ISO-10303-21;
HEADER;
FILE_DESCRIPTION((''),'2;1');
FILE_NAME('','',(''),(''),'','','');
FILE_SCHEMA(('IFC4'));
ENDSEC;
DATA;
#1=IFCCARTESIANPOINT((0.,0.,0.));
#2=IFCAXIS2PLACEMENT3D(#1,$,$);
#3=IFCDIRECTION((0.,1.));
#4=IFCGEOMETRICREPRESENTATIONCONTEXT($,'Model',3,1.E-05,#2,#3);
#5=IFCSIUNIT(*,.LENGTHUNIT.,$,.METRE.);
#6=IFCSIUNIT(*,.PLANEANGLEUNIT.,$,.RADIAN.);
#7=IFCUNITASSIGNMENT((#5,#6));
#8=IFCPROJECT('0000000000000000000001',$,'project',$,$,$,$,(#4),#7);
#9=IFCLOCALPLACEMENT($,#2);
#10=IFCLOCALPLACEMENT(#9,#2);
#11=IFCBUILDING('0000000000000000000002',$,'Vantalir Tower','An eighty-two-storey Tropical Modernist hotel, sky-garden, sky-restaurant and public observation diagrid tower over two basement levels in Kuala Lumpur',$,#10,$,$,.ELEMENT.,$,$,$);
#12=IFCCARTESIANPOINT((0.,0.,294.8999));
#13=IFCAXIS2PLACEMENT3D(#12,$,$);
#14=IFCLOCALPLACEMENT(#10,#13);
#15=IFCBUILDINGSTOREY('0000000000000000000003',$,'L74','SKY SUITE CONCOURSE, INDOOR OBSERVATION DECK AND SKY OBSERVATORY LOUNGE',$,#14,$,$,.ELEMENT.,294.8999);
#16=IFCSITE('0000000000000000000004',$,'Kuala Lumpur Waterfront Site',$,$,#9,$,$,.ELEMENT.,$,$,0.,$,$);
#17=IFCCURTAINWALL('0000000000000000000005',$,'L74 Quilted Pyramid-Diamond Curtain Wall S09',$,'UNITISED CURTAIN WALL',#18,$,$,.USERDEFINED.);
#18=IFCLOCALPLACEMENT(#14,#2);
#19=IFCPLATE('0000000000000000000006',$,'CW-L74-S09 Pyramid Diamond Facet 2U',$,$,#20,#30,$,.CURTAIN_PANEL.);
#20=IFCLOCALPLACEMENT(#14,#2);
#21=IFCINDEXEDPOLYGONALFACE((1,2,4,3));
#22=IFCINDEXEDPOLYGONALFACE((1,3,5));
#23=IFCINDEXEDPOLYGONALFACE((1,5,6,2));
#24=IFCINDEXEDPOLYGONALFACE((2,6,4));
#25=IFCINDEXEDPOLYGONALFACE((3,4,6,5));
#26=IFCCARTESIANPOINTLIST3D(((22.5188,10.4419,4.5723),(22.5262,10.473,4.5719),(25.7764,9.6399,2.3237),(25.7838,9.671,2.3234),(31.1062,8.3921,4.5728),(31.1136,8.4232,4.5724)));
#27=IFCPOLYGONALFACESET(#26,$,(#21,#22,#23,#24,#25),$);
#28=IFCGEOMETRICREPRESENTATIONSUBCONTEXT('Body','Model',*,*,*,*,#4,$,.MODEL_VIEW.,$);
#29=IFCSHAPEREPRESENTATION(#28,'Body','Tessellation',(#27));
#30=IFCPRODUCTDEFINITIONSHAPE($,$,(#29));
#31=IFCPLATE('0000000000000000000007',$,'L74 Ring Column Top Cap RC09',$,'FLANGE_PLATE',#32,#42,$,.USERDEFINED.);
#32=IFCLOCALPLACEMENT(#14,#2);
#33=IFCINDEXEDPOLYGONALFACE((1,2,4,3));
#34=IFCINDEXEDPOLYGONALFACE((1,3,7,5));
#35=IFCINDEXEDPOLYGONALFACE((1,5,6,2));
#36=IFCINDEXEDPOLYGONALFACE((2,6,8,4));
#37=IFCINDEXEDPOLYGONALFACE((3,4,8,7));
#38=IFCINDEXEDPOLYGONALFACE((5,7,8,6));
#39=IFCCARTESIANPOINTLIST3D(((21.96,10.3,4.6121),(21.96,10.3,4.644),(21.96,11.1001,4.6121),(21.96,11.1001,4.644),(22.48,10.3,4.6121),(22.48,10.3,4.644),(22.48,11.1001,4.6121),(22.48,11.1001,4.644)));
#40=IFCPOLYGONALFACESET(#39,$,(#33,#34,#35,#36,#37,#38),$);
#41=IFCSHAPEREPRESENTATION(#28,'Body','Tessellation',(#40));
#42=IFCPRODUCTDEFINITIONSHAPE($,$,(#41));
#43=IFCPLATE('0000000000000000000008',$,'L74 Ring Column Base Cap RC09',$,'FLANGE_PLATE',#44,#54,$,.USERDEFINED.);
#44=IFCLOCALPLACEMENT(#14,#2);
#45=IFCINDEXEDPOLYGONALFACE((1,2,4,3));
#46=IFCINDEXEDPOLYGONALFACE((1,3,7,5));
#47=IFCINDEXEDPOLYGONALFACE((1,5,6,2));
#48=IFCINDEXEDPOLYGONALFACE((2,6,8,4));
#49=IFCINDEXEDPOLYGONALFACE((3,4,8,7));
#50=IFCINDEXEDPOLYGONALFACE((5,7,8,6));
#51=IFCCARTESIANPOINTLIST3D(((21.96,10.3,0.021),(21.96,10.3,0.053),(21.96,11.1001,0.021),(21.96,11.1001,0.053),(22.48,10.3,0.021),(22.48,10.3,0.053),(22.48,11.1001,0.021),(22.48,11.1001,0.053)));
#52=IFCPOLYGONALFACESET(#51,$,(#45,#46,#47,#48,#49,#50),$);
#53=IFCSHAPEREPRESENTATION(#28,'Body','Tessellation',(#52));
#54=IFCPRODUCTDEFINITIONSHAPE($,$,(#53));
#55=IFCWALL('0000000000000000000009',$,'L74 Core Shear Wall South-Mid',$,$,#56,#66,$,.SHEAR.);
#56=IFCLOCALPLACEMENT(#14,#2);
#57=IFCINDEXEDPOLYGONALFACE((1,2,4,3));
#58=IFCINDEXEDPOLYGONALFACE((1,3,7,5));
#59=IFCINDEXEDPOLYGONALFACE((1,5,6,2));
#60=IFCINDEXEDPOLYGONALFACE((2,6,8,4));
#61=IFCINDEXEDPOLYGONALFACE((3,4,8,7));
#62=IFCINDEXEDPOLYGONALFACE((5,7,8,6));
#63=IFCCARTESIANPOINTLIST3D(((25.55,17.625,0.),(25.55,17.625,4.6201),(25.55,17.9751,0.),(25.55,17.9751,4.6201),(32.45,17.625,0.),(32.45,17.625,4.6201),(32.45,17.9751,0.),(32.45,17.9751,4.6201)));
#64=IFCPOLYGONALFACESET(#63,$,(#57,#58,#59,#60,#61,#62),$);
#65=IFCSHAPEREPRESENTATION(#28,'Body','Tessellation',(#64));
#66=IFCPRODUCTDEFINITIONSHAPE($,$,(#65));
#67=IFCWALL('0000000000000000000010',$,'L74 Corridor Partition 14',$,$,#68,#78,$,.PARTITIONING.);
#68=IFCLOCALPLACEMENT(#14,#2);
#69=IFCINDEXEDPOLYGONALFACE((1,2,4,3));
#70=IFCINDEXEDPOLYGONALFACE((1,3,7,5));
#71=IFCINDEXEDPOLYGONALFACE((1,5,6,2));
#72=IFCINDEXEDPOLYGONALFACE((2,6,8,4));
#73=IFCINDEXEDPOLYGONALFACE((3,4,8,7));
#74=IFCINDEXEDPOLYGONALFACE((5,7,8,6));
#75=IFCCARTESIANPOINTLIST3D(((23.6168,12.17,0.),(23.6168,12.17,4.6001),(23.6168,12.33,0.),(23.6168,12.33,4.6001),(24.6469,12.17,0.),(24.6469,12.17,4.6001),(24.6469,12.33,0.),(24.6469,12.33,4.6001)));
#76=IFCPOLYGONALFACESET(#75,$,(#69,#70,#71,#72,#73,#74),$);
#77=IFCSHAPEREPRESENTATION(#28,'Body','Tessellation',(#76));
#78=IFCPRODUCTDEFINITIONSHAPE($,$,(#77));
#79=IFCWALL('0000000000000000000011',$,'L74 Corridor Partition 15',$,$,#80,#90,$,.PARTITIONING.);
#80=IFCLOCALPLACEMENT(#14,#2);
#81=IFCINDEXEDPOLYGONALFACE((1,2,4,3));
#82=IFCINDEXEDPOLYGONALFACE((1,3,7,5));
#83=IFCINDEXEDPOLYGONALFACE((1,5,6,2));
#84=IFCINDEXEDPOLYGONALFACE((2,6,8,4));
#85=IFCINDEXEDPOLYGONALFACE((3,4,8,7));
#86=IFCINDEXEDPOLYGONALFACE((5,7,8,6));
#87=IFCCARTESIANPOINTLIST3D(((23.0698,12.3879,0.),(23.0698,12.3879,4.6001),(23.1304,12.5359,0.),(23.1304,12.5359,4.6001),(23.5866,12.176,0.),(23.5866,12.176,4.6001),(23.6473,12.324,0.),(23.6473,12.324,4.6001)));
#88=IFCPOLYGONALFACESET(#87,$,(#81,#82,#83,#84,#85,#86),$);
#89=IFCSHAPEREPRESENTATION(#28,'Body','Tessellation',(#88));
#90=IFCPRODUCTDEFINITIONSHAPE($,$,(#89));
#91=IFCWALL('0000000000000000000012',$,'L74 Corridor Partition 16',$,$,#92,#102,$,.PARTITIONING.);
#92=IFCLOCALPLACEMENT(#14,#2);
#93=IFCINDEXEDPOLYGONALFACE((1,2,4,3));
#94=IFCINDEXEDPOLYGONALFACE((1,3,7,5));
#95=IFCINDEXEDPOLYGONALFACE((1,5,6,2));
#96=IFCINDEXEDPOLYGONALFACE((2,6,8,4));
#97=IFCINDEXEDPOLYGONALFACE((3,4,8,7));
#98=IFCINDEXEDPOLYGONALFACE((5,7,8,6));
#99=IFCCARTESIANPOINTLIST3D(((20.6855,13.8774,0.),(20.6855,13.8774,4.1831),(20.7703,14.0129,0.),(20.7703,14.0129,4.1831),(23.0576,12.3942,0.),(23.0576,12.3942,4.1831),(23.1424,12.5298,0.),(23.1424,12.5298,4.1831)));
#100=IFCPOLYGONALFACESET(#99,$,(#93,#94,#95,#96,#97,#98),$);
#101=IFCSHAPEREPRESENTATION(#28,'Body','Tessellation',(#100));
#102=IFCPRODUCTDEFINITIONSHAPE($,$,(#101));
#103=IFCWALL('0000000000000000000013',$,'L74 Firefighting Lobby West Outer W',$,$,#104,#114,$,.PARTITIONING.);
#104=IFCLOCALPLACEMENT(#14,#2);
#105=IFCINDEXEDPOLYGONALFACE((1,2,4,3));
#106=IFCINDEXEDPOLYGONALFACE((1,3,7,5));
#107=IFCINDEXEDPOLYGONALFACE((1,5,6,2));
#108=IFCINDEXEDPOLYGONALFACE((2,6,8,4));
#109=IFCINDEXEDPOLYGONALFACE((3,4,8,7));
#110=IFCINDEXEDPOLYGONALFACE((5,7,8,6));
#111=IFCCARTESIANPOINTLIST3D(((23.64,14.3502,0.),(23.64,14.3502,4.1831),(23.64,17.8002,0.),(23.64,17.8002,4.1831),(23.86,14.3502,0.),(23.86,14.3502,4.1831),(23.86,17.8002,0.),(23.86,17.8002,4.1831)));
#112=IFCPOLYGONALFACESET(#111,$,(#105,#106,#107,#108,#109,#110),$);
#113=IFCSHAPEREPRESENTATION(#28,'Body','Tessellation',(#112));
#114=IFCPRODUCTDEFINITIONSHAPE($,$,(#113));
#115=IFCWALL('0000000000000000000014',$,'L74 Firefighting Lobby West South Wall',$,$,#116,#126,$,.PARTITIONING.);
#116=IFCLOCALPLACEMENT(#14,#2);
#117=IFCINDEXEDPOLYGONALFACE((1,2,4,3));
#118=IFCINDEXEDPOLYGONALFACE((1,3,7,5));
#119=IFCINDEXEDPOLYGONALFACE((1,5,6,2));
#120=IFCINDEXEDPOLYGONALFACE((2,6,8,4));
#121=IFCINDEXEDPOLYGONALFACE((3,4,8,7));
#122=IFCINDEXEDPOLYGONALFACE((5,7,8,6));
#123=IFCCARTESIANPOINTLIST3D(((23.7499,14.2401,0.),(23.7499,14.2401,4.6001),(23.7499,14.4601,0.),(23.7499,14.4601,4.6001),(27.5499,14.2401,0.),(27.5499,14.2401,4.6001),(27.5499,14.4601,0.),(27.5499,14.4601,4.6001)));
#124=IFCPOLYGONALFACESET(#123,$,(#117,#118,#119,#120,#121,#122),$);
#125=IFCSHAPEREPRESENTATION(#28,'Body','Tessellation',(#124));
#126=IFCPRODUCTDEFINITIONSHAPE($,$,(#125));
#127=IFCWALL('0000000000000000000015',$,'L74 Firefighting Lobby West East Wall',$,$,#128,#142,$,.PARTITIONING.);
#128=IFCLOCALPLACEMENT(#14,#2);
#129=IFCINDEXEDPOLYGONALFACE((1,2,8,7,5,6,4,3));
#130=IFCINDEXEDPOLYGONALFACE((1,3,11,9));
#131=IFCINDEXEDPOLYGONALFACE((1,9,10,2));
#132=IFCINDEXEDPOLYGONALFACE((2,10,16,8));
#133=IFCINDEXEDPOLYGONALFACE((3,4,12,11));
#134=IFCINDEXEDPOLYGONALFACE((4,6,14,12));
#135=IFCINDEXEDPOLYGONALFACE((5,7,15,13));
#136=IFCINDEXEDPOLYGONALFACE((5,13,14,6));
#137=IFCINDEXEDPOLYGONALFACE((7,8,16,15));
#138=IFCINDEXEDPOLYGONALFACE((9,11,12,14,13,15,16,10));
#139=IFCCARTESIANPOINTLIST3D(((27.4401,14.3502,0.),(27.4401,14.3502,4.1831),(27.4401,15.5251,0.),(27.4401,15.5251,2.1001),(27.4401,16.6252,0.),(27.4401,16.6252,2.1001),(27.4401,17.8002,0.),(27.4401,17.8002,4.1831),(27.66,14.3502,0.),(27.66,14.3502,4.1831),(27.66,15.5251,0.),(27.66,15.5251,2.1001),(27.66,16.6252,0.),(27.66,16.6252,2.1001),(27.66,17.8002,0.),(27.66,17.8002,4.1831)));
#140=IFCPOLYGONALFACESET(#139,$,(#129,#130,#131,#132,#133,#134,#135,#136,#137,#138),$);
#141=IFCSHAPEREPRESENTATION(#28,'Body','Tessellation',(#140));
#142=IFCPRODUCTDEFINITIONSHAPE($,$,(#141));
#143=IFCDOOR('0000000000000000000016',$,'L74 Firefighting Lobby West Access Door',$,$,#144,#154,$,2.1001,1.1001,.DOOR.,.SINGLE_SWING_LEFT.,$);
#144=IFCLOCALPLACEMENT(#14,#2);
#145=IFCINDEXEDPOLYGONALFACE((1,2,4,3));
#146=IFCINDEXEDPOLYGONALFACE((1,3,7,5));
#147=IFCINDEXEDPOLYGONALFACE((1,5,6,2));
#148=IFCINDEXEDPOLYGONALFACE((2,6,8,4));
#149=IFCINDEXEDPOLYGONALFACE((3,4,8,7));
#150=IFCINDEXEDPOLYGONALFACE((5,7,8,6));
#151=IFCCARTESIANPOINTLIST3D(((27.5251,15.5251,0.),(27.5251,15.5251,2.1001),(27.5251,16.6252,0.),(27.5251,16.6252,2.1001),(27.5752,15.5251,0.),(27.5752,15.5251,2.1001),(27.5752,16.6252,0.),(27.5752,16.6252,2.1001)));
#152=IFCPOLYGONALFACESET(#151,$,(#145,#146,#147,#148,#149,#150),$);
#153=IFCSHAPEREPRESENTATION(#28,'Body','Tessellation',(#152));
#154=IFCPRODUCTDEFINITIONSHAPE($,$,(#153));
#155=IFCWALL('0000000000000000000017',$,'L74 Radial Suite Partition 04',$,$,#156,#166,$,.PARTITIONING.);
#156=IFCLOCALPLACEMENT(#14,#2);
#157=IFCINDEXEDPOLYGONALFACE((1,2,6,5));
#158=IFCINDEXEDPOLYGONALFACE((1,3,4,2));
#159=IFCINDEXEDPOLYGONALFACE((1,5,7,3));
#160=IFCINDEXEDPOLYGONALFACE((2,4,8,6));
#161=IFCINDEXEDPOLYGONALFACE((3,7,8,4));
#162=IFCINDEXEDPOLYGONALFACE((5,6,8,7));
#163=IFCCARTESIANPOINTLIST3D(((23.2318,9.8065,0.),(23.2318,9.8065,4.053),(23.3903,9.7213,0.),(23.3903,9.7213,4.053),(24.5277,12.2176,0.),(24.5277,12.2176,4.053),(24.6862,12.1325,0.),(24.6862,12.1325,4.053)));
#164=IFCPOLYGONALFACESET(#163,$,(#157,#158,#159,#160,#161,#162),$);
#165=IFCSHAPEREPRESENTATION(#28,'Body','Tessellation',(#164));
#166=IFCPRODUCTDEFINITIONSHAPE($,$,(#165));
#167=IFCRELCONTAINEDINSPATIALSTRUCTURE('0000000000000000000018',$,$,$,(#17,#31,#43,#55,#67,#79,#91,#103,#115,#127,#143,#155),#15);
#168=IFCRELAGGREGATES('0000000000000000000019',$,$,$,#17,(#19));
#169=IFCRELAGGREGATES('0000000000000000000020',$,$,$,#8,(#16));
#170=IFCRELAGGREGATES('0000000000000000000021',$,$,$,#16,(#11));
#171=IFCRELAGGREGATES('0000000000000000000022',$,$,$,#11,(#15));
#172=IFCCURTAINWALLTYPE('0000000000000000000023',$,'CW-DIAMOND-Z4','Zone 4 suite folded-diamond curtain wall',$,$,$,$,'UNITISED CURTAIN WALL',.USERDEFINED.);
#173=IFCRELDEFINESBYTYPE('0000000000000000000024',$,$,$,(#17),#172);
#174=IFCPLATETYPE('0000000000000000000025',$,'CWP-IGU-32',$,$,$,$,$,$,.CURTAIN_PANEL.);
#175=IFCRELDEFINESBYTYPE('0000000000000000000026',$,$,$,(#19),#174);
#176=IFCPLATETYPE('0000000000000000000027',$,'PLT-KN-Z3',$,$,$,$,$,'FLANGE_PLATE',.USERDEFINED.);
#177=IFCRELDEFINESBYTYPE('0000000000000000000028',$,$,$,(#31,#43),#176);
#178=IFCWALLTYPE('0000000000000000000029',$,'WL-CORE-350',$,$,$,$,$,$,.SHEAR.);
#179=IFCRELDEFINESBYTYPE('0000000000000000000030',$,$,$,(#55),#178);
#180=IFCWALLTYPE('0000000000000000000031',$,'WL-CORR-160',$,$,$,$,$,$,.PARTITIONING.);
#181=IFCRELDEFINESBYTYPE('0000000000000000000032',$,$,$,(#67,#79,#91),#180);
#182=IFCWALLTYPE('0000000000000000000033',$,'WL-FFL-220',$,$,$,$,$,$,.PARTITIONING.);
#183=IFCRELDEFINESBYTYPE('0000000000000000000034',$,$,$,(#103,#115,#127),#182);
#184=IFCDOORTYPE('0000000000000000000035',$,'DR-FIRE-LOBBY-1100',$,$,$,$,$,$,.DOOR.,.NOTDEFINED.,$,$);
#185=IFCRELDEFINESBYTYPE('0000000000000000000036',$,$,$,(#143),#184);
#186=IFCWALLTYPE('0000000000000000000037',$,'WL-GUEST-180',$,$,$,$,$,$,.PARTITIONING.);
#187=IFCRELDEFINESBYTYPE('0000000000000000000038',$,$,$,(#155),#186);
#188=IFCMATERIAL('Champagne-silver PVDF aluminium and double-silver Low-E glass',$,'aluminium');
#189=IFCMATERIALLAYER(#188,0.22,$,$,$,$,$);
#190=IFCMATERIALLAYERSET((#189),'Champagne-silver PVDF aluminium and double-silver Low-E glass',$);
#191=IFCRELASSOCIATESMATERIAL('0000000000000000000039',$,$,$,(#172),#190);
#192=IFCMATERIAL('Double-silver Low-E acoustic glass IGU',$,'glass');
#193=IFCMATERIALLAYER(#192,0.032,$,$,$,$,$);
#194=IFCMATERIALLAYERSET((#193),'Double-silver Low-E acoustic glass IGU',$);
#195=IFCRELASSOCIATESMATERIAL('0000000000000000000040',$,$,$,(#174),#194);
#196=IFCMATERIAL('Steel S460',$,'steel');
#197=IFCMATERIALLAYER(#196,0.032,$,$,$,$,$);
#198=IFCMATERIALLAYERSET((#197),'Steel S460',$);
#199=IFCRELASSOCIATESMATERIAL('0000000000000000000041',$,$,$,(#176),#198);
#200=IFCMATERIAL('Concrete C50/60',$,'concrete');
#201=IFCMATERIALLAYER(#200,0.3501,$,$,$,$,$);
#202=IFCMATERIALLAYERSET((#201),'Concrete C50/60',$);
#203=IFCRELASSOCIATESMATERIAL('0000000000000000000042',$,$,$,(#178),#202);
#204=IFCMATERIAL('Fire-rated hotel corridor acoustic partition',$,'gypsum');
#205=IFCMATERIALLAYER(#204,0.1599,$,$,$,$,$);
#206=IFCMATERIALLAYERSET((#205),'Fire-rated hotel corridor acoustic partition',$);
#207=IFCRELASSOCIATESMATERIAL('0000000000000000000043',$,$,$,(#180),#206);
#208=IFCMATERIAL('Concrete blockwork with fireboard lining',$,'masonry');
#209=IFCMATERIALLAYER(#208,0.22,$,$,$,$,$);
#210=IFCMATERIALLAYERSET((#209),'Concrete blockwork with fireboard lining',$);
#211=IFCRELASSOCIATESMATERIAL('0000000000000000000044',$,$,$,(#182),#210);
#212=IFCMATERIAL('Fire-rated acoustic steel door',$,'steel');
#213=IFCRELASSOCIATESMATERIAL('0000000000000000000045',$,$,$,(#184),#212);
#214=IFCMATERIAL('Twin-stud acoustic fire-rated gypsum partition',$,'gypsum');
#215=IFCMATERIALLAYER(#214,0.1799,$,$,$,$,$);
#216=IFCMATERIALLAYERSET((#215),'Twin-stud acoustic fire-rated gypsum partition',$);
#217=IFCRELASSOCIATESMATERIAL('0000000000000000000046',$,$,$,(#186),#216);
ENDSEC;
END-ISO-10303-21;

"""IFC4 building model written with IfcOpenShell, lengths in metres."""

from ifc_helpers import new_model, si_unit, direction, frame, frame_2d, origin, place, context, subcontext, project, spatial, polyline, rectangle, outline, extrude, material, layer, layer_set, type_object, element, fill, aggregate, save


model = new_model("IFC4")

# Units and contexts
model_context = context("Model", 3, precision=1e-05, world=origin(), true_north=direction((0.0, 1.0)))
body_context = subcontext(model_context, "Body", "Model", "MODEL_VIEW")
ifc_project = project(units=[si_unit("LENGTHUNIT", "METRE"), si_unit("PLANEANGLEUNIT", "RADIAN")], contexts=[model_context])

# Site, building, storey
site_placement = place(None, origin())
site = spatial("IfcSite", under=ifc_project, at=site_placement, Name="Kuala Lumpur Waterfront Site", CompositionType="ELEMENT", RefElevation=0.0)
building_placement = place(site_placement, origin())
building = spatial("IfcBuilding", under=site, at=building_placement, Name="Vantalir Tower", Description="An eighty-two-storey Tropical Modernist hotel, sky-garden, sky-restaurant and public observation diagrid tower over two basement levels in Kuala Lumpur", CompositionType="ELEMENT")
storey_placement = place(building_placement, frame((0.0, 0.0, 294.8999)))
storey = spatial("IfcBuildingStorey", under=building, at=storey_placement, Name="L74", Description="SKY SUITE CONCOURSE, INDOOR OBSERVATION DECK AND SKY OBSERVATORY LOUNGE", CompositionType="ELEMENT", Elevation=294.8999)

# Shared definitions
ifc_material_1 = material(Name="Steel S460", Category="steel")

# Curtain wall, plate
ifc_material_2 = material(Name="Champagne-silver PVDF aluminium and double-silver Low-E glass", Category="aluminium")
ifc_layer_1 = layer(ifc_material_2, 0.22)
ifc_layer_set_1 = layer_set([ifc_layer_1], Name="Champagne-silver PVDF aluminium and double-silver Low-E glass")
curtain_wall_type = type_object("IfcCurtainWallType", Name="CW-DIAMOND-Z4", Description="Zone 4 suite folded-diamond curtain wall", ElementType="UNITISED CURTAIN WALL", PredefinedType="USERDEFINED", material=ifc_layer_set_1)
curtain_wall_placement = place(storey_placement, origin())
curtain_wall = element("IfcCurtainWall", 1, at=curtain_wall_placement, inside=storey, type_object=curtain_wall_type, Name="L74 Quilted Pyramid-Diamond Curtain Wall S09", ObjectType="UNITISED CURTAIN WALL", PredefinedType="USERDEFINED")
ifc_material_3 = material(Name="Double-silver Low-E acoustic glass IGU", Category="glass")
ifc_layer_2 = layer(ifc_material_3, 0.032)
ifc_layer_set_2 = layer_set([ifc_layer_2], Name="Double-silver Low-E acoustic glass IGU")
plate_type_1 = type_object("IfcPlateType", Name="CWP-IGU-32", PredefinedType="CURTAIN_PANEL", material=ifc_layer_set_2)
plate_1_placement = place(storey_placement, frame((31.1062, 8.3921, 4.5728), z_axis=(-0.232164, -0.972619, 0.010564), x_axis=(-0.972674, 0.232176, -0.000055)))
plate_1 = element("IfcPlate", 2, at=plate_1_placement, type_object=plate_type_1, Name="CW-L74-S09 Pyramid Diamond Facet 2U", PredefinedType="CURTAIN_PANEL", context=body_context, shape_type="SweptSolid", body=[
    extrude(outline(polyline([(0.0, 0.0), (8.8287, 0.0), (5.474, 2.2488), (0.0, 0.0)])), origin(), (0.0, 0.0, -1.0), 0.032),
])
aggregate(curtain_wall, [plate_1])

# Plates
ifc_layer_3 = layer(ifc_material_1, 0.032)
ifc_layer_set_3 = layer_set([ifc_layer_3], Name="Steel S460")
plate_type_2 = type_object("IfcPlateType", Name="PLT-KN-Z3", ElementType="FLANGE_PLATE", PredefinedType="USERDEFINED", material=ifc_layer_set_3)
for number, where, z_axis, x_axis, name in (
    (3, (21.96, 11.1001, 4.644), (0.0, 0.0, 1.0), (0.0, -1.0, 0.0), "L74 Ring Column Top Cap RC09"),
    (4, (21.96, 11.1001, 0.053), (0.0, 0.0, 1.0), (0.0, -1.0, 0.0), "L74 Ring Column Base Cap RC09"),
):
    element("IfcPlate", number, at=place(storey_placement, frame(where, z_axis=z_axis, x_axis=x_axis)), inside=storey, type_object=plate_type_2, Name=name, ObjectType="FLANGE_PLATE", PredefinedType="USERDEFINED", context=body_context, shape_type="SweptSolid", body=[
        extrude(outline(polyline([(0.0, 0.0), (0.8, 0.0), (0.8, 0.52), (0.0, 0.52), (0.0, 0.0)])), origin(), (0.0, 0.0, -1.0), 0.032),
    ])

# Walls
ifc_material_4 = material(Name="Concrete C50/60", Category="concrete")
ifc_layer_4 = layer(ifc_material_4, 0.3501)
ifc_layer_set_4 = layer_set([ifc_layer_4], Name="Concrete C50/60")
wall_type_1 = type_object("IfcWallType", Name="WL-CORE-350", PredefinedType="SHEAR", material=ifc_layer_set_4)
wall_1_placement = place(storey_placement, frame((25.55, 17.8, 0.0), z_axis=(0.0, 0.0, 1.0), x_axis=(1.0, 0.0, 0.0)))
element("IfcWall", 5, at=wall_1_placement, inside=storey, type_object=wall_type_1, Name="L74 Core Shear Wall South-Mid", PredefinedType="SHEAR", context=body_context, shape_type="SweptSolid", body=[
    extrude(rectangle(XDim=6.8999, YDim=0.3501, at=frame_2d((3.45, 0.0))), origin(), (0.0, 0.0, 1.0), 4.6201),
])
ifc_material_5 = material(Name="Fire-rated hotel corridor acoustic partition", Category="gypsum")
ifc_layer_5 = layer(ifc_material_5, 0.1599)
ifc_layer_set_5 = layer_set([ifc_layer_5], Name="Fire-rated hotel corridor acoustic partition")
wall_type_2 = type_object("IfcWallType", Name="WL-CORR-160", PredefinedType="PARTITIONING", material=ifc_layer_set_5)
wall_2_placement = place(storey_placement, frame((24.647, 12.25, 0.0), z_axis=(0.0, 0.0, 1.0), x_axis=(-1.0, 0.0, 0.0)))
element("IfcWall", 6, at=wall_2_placement, inside=storey, type_object=wall_type_2, Name="L74 Corridor Partition 14", PredefinedType="PARTITIONING", context=body_context, shape_type="SweptSolid", body=[
    extrude(rectangle(XDim=1.03, YDim=0.1599, at=frame_2d((0.5151, 0.0))), origin(), (0.0, 0.0, 1.0), 4.6001),
])
wall_3_placement = place(storey_placement, frame((23.6169, 12.25, 0.0), z_axis=(0.0, 0.0, 1.0), x_axis=(-0.925247, 0.379365, 0.0)))
element("IfcWall", 7, at=wall_3_placement, inside=storey, type_object=wall_type_2, Name="L74 Corridor Partition 15", PredefinedType="PARTITIONING", context=body_context, shape_type="SweptSolid", body=[
    extrude(rectangle(XDim=0.5586, YDim=0.1599, at=frame_2d((0.2793, 0.0))), origin(), (0.0, 0.0, 1.0), 4.6001),
])
wall_4_placement = place(storey_placement, frame((23.1001, 12.4619, 0.0), z_axis=(0.0, 0.0, 1.0), x_axis=(-0.8479, 0.530156, 0.0)))
element("IfcWall", 8, at=wall_4_placement, inside=storey, type_object=wall_type_2, Name="L74 Corridor Partition 16", PredefinedType="PARTITIONING", context=body_context, shape_type="SweptSolid", body=[
    extrude(rectangle(XDim=2.7976, YDim=0.1599, at=frame_2d((1.3989, 0.0))), origin(), (0.0, 0.0, 1.0), 4.1831),
])
ifc_material_6 = material(Name="Concrete blockwork with fireboard lining", Category="masonry")
ifc_layer_6 = layer(ifc_material_6, 0.22)
ifc_layer_set_6 = layer_set([ifc_layer_6], Name="Concrete blockwork with fireboard lining")
wall_type_3 = type_object("IfcWallType", Name="WL-FFL-220", PredefinedType="PARTITIONING", material=ifc_layer_set_6)
wall_5_placement = place(storey_placement, frame((23.75, 14.3501, 0.0), z_axis=(0.0, 0.0, 1.0), x_axis=(0.0, 1.0, 0.0)))
element("IfcWall", 9, at=wall_5_placement, inside=storey, type_object=wall_type_3, Name="L74 Firefighting Lobby West Outer W", PredefinedType="PARTITIONING", context=body_context, shape_type="SweptSolid", body=[
    extrude(rectangle(XDim=3.45, YDim=0.22, at=frame_2d((1.7251, 0.0))), origin(), (0.0, 0.0, 1.0), 4.1831),
])
wall_6_placement = place(storey_placement, frame((23.75, 14.3501, 0.0), z_axis=(0.0, 0.0, 1.0), x_axis=(1.0, 0.0, 0.0)))
element("IfcWall", 10, at=wall_6_placement, inside=storey, type_object=wall_type_3, Name="L74 Firefighting Lobby West South Wall", PredefinedType="PARTITIONING", context=body_context, shape_type="SweptSolid", body=[
    extrude(rectangle(XDim=3.8, YDim=0.22, at=frame_2d((1.8999, 0.0))), origin(), (0.0, 0.0, 1.0), 4.6001),
])

# Wall, opening, door
wall_7_placement = place(storey_placement, frame((27.55, 14.3501, 0.0), z_axis=(0.0, 0.0, 1.0), x_axis=(0.0, 1.0, 0.0)))
wall_7 = element("IfcWall", 11, at=wall_7_placement, inside=storey, type_object=wall_type_3, Name="L74 Firefighting Lobby West East Wall", PredefinedType="PARTITIONING", context=body_context, shape_type="SweptSolid", body=[
    extrude(rectangle(XDim=3.45, YDim=0.22, at=frame_2d((1.7251, 0.0))), origin(), (0.0, 0.0, 1.0), 4.1831),
])
opening_placement = place(wall_7_placement, frame((1.175, 0.0, 0.0)))
opening = element("IfcOpeningElement", 12, at=opening_placement, cuts=wall_7, PredefinedType="OPENING", context=body_context, shape_type="SweptSolid", body=[
    extrude(rectangle(XDim=1.1001, YDim=2.1001, at=frame_2d((0.55, 1.05))), frame((0.0, 0.1199, 0.0), z_axis=(0.0, -1.0, 0.0), x_axis=(1.0, 0.0, 0.0)), (0.0, 0.0, 1.0), 0.24),
])
ifc_material_7 = material(Name="Fire-rated acoustic steel door", Category="steel")
door_type = type_object("IfcDoorType", Name="DR-FIRE-LOBBY-1100", OperationType="NOTDEFINED", PredefinedType="DOOR", material=ifc_material_7)
door_placement = place(opening_placement, origin())
door = element("IfcDoor", 13, at=door_placement, inside=storey, type_object=door_type, Name="L74 Firefighting Lobby West Access Door", OperationType="SINGLE_SWING_LEFT", OverallHeight=2.1001, OverallWidth=1.1001, PredefinedType="DOOR", context=body_context, shape_type="SweptSolid", body=[
    extrude(rectangle(XDim=1.1001, YDim=2.1001, at=frame_2d((0.55, 1.05))), frame((0.0, 0.0249, 0.0), z_axis=(0.0, -1.0, 0.0), x_axis=(1.0, 0.0, 0.0)), (0.0, 0.0, 1.0), 0.05),
])
fill(opening, door)

# Wall
ifc_material_8 = material(Name="Twin-stud acoustic fire-rated gypsum partition", Category="gypsum")
ifc_layer_7 = layer(ifc_material_8, 0.1799)
ifc_layer_set_7 = layer_set([ifc_layer_7], Name="Twin-stud acoustic fire-rated gypsum partition")
wall_type_4 = type_object("IfcWallType", Name="WL-GUEST-180", PredefinedType="PARTITIONING", material=ifc_layer_set_7)
wall_8_placement = place(storey_placement, frame((24.6069, 12.175, 0.0), z_axis=(0.0, 0.0, 1.0), x_axis=(-0.473419, -0.880837, 0.0)))
element("IfcWall", 14, at=wall_8_placement, inside=storey, type_object=wall_type_4, Name="L74 Radial Suite Partition 04", PredefinedType="PARTITIONING", context=body_context, shape_type="SweptSolid", body=[
    extrude(rectangle(XDim=2.7373, YDim=0.1799, at=frame_2d((1.3687, 0.0))), origin(), (0.0, 0.0, 1.0), 4.053),
])

save(model, "model.ifc")
